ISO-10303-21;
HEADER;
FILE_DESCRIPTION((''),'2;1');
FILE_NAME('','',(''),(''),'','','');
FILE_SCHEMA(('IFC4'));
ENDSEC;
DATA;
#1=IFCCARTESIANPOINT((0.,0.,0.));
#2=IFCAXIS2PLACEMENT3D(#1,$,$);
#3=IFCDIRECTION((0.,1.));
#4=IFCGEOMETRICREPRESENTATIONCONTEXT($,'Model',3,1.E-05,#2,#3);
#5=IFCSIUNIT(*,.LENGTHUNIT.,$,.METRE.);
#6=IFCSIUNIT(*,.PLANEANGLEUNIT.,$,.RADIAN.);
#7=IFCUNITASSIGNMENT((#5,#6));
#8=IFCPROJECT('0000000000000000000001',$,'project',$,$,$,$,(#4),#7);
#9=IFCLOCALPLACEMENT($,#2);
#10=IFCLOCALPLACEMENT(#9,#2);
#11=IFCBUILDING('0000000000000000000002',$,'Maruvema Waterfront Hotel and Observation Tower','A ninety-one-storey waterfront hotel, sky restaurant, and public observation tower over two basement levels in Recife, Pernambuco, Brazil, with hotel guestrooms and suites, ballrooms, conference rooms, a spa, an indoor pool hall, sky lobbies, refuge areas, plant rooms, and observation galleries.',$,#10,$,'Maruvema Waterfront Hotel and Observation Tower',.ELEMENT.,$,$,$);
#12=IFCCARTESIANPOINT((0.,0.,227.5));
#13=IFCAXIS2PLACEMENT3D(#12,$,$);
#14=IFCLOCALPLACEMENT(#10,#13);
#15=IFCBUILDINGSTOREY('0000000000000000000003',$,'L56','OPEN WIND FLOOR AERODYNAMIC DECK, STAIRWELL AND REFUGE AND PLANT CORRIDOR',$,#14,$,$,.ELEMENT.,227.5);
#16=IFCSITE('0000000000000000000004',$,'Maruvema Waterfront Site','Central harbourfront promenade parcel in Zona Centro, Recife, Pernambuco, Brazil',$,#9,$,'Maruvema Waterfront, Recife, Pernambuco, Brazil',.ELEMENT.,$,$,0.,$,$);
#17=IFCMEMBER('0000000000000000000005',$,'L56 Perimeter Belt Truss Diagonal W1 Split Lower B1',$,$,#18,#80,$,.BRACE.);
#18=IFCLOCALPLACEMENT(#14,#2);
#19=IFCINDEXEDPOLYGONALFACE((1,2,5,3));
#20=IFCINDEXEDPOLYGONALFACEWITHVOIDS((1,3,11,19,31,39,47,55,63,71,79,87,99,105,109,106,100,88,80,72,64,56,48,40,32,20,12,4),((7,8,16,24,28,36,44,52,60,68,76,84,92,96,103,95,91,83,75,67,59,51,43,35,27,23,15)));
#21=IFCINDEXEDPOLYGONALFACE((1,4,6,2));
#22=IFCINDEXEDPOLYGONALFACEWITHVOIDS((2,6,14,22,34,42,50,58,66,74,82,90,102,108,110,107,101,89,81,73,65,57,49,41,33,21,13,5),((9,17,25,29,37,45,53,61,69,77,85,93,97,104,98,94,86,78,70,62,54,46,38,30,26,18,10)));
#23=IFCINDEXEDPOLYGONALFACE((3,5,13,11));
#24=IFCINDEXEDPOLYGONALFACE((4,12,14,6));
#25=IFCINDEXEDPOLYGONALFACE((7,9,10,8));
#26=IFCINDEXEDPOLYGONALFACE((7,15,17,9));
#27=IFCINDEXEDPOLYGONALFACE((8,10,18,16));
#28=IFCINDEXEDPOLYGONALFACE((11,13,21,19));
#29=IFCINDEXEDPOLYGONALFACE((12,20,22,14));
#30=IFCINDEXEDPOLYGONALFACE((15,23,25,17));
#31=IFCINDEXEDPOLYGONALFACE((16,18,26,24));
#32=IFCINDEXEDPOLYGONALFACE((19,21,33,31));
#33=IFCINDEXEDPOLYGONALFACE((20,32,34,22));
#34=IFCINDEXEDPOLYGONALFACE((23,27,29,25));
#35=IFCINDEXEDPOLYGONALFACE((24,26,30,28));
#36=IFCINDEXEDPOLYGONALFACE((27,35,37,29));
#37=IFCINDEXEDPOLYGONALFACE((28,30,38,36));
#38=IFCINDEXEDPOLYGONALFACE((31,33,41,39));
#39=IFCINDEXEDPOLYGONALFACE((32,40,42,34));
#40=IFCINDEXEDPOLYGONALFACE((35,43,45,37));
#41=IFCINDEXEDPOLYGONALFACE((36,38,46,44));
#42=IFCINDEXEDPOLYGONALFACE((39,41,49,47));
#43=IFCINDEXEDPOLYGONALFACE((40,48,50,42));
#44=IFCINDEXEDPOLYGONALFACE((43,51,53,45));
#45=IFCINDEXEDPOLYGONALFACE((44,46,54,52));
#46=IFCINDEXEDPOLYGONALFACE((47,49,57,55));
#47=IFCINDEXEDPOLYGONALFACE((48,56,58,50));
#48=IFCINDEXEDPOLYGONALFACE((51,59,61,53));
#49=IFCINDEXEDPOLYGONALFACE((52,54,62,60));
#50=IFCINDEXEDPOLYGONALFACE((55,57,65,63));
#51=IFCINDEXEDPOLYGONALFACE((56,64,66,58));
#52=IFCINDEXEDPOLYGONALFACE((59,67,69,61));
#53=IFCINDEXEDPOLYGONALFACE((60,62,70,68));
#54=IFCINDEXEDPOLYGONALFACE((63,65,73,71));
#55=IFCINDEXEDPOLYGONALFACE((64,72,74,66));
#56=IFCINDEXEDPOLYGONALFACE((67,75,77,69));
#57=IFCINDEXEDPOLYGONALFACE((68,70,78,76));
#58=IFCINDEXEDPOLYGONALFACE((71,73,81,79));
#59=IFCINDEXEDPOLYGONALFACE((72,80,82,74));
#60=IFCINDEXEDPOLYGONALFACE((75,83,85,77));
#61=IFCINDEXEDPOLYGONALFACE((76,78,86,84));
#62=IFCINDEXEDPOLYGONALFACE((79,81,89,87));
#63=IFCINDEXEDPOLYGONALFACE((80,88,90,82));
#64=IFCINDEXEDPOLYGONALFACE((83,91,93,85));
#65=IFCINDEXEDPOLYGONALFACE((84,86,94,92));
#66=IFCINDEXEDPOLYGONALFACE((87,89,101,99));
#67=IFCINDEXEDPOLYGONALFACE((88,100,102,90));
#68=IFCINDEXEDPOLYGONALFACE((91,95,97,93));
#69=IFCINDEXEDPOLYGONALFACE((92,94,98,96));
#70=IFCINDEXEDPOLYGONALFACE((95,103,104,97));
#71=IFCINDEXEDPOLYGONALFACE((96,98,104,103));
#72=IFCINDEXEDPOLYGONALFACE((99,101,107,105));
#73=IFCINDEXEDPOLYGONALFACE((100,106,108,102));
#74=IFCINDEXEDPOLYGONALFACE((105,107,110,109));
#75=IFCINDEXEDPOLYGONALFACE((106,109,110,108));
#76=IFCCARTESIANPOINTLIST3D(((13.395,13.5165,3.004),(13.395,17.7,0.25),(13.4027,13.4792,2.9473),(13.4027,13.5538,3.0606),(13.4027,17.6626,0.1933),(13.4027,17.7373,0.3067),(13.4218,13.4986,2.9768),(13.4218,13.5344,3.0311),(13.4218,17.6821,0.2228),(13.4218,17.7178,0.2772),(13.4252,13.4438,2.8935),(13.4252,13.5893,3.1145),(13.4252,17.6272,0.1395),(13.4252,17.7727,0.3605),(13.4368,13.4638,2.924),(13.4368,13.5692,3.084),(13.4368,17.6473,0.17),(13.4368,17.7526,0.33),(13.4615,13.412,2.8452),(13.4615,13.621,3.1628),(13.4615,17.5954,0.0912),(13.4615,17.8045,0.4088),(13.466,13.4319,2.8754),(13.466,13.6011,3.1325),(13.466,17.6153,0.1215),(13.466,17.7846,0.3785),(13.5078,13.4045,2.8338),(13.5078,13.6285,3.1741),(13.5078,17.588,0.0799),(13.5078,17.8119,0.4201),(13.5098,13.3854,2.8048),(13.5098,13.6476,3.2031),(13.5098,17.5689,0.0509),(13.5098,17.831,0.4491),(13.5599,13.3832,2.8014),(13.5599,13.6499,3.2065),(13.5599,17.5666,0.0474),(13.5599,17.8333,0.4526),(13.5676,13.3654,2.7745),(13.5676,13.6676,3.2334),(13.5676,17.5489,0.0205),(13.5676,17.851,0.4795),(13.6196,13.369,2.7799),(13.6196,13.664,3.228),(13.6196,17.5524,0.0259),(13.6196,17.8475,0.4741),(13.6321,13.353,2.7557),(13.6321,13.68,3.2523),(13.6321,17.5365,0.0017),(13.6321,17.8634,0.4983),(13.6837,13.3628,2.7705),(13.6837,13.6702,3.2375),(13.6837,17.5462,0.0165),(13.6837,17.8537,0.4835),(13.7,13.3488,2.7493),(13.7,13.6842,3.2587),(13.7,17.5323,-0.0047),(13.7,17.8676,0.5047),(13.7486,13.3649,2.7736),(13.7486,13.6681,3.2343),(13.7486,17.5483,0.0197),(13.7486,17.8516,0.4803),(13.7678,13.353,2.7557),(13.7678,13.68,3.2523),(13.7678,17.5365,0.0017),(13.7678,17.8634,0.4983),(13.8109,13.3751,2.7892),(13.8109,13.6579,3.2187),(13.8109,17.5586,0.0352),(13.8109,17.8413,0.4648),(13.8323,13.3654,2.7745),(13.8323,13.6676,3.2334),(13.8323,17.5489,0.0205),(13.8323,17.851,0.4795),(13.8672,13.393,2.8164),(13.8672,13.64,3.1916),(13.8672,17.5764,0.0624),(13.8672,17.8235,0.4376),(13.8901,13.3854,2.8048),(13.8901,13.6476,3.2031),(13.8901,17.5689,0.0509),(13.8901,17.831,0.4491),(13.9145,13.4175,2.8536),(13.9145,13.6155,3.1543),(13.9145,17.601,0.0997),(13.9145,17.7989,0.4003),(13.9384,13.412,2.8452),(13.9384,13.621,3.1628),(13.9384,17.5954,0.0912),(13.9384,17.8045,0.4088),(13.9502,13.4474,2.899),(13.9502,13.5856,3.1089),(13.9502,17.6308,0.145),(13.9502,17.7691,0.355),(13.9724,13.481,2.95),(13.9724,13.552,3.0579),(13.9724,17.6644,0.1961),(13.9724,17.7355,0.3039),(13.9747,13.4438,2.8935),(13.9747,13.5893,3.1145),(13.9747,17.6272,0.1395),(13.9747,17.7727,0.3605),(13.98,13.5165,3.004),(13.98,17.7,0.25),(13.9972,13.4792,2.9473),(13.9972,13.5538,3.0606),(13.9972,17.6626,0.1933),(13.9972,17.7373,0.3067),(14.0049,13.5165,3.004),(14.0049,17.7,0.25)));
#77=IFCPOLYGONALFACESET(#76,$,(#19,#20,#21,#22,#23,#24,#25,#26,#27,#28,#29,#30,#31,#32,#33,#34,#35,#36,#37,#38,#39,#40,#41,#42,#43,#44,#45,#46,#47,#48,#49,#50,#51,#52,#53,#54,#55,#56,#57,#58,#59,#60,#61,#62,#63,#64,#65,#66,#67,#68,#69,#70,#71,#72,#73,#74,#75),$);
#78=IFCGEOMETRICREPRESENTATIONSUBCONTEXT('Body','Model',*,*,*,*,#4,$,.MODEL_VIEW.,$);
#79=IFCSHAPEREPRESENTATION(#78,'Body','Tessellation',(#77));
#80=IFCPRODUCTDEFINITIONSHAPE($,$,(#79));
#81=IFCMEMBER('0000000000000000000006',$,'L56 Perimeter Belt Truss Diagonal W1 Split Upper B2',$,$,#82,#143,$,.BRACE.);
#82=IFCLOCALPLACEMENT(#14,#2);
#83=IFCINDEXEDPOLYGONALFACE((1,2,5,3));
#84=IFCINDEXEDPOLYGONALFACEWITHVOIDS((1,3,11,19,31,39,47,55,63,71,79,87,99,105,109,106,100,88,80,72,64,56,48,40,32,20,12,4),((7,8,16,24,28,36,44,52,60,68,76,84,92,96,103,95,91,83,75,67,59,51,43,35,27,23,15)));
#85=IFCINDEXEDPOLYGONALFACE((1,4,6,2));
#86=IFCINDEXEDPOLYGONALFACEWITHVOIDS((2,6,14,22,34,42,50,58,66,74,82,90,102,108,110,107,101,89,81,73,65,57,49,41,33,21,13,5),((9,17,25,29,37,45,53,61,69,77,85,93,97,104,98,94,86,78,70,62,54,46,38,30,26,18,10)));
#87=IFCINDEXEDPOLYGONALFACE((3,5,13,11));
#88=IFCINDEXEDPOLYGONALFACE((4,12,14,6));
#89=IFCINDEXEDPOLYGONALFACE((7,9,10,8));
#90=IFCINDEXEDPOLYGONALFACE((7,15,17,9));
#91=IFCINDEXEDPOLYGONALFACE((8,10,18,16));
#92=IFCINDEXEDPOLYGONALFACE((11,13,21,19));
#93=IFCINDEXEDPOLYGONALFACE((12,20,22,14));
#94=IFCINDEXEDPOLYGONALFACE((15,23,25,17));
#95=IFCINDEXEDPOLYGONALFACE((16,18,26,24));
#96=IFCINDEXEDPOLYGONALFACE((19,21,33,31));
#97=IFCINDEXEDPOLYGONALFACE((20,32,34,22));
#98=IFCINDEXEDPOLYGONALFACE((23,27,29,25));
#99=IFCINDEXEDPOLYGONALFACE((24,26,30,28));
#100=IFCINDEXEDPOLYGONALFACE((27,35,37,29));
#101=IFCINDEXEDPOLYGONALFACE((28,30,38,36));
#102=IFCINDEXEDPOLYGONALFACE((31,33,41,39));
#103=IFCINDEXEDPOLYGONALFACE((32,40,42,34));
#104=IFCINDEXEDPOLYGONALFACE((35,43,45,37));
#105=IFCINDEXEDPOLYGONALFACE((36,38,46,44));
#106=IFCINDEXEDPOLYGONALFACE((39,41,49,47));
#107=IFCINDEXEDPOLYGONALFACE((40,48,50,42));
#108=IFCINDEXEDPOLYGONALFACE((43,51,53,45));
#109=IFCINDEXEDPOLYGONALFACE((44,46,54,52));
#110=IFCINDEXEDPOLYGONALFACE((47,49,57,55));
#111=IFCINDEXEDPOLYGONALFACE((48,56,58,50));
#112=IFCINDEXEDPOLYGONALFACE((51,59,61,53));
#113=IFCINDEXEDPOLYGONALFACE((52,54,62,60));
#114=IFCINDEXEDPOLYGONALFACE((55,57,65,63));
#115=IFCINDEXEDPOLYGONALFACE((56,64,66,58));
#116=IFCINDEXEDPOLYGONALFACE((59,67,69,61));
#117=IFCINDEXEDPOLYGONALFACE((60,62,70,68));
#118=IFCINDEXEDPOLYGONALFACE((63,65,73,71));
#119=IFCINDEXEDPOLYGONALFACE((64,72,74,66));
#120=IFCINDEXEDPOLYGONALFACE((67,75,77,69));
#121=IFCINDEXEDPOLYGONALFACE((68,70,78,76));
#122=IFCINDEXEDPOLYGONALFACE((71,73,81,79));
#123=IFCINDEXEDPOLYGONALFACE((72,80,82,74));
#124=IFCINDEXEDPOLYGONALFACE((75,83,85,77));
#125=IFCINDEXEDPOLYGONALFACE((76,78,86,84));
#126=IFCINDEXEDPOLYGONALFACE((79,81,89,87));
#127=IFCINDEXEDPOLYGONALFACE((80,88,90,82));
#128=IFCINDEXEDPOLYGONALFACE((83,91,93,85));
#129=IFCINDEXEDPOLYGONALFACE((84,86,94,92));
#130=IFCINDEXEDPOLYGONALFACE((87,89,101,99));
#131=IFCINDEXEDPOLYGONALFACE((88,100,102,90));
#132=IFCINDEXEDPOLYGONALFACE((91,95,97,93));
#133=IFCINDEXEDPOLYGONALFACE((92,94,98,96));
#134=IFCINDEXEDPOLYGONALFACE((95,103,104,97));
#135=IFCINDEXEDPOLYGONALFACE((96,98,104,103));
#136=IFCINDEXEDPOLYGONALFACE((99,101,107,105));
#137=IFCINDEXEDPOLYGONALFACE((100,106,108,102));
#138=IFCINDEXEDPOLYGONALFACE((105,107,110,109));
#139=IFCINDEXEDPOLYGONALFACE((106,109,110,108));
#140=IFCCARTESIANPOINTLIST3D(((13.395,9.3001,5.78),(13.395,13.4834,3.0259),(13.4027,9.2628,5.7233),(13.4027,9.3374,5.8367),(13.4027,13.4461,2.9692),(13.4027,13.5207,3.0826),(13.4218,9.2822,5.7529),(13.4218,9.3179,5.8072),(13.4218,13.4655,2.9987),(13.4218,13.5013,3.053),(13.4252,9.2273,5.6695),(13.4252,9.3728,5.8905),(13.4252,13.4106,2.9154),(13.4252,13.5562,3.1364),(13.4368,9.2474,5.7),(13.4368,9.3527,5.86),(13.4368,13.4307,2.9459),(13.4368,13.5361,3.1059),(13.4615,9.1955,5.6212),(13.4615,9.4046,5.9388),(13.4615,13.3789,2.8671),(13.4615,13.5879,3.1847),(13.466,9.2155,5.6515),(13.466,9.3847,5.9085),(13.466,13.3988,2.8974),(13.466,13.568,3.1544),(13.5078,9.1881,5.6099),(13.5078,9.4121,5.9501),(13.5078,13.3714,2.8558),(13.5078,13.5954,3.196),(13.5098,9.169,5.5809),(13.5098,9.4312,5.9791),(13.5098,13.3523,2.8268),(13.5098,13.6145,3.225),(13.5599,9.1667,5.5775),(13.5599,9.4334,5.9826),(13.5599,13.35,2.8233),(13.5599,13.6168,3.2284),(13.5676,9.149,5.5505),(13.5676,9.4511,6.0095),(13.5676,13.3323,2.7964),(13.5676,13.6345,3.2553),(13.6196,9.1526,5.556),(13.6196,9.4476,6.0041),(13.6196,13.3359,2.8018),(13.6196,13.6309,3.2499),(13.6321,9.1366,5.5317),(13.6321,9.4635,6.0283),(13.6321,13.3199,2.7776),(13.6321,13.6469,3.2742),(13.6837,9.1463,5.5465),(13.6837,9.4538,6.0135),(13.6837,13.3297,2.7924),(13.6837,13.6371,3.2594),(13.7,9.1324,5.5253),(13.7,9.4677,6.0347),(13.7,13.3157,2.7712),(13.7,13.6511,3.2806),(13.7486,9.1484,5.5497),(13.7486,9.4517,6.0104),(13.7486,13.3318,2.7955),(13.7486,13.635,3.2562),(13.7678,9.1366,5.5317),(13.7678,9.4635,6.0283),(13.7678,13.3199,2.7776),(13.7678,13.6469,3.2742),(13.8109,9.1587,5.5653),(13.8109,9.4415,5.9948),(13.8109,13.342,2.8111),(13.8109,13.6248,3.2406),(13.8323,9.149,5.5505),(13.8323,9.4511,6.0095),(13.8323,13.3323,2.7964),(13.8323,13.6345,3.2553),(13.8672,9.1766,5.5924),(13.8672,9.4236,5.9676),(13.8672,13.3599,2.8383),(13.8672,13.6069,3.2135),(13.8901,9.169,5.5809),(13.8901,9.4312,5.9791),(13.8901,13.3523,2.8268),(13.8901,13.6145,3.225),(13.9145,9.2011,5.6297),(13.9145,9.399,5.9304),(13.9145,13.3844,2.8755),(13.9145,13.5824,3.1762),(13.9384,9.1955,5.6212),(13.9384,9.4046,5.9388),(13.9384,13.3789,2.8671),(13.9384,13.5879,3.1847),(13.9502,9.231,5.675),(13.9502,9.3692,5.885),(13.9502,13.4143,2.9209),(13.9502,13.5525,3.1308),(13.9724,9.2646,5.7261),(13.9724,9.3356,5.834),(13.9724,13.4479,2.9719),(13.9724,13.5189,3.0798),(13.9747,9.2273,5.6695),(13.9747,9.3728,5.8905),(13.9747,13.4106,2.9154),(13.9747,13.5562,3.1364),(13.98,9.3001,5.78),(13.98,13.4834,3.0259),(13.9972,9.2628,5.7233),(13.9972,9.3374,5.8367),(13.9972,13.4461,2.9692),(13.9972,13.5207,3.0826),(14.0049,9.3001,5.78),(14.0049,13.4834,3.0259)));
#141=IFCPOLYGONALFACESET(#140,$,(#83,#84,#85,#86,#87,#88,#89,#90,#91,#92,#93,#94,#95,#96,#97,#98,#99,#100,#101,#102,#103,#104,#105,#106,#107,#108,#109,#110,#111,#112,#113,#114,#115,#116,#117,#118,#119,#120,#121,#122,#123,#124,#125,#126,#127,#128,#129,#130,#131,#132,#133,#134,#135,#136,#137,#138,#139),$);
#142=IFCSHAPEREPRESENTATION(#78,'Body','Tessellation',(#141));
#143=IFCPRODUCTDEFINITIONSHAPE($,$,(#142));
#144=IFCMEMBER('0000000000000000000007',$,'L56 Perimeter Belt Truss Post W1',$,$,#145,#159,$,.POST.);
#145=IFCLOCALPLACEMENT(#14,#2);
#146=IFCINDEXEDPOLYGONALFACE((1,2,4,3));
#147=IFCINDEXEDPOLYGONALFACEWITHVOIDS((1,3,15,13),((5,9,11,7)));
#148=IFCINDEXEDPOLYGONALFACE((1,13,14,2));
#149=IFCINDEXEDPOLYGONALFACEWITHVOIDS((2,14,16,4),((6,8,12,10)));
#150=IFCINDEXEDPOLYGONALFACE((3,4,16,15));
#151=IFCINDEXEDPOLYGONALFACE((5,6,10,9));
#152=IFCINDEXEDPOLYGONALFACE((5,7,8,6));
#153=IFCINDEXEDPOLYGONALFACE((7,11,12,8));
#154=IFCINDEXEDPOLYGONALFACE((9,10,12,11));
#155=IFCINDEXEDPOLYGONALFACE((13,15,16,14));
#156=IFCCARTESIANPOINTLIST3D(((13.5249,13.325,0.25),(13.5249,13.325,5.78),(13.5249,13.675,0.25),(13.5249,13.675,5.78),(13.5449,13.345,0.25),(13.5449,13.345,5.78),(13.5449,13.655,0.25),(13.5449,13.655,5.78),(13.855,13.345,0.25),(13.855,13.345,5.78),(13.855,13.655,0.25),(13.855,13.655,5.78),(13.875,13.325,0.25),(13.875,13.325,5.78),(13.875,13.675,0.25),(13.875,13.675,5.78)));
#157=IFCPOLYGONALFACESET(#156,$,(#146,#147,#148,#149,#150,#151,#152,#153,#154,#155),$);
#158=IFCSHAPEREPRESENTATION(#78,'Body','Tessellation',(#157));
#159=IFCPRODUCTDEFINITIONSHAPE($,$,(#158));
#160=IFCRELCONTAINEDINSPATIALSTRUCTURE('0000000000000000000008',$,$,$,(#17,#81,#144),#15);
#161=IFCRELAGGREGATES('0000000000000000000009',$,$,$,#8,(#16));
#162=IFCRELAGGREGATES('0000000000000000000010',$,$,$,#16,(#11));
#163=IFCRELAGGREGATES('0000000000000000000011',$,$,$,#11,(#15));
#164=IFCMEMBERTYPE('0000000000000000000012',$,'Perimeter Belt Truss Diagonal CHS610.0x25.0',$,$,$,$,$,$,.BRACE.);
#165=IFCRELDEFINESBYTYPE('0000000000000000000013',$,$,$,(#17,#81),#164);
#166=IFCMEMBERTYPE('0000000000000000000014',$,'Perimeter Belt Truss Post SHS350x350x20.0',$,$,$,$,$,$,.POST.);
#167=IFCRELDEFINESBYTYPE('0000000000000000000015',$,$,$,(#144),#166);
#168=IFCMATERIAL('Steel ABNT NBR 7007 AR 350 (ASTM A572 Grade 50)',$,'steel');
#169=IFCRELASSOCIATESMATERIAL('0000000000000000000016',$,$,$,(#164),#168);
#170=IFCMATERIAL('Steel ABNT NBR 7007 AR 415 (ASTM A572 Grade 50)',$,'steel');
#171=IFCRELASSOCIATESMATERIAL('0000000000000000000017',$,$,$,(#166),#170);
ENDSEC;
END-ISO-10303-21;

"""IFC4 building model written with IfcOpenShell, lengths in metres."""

from ifc_helpers import new_model, si_unit, direction, frame, origin, origin_2d, place, context, subcontext, project, spatial, hollow_rectangle, hollow_circle, extrude, material, material_profile, profile_set, type_object, element, save


model = new_model("IFC4")

# Units and contexts
model_context = context("Model", 3, precision=1e-05, world=origin(), true_north=direction((0.0, 1.0)))
body_context = subcontext(model_context, "Body", "Model", "MODEL_VIEW")
ifc_project = project(units=[si_unit("LENGTHUNIT", "METRE"), si_unit("PLANEANGLEUNIT", "RADIAN")], contexts=[model_context])

# Site, building, storey
site_placement = place(None, origin())
site = spatial("IfcSite", under=ifc_project, at=site_placement, Name="Maruvema Waterfront Site", Description="Central harbourfront promenade parcel in Zona Centro, Recife, Pernambuco, Brazil", LongName="Maruvema Waterfront, Recife, Pernambuco, Brazil", CompositionType="ELEMENT", RefElevation=0.0)
building_placement = place(site_placement, origin())
building = spatial("IfcBuilding", under=site, at=building_placement, Name="Maruvema Waterfront Hotel and Observation Tower", Description="A ninety-one-storey waterfront hotel, sky restaurant, and public observation tower over two basement levels in Recife, Pernambuco, Brazil, with hotel guestrooms and suites, ballrooms, conference rooms, a spa, an indoor pool hall, sky lobbies, refuge areas, plant rooms, and observation galleries.", LongName="Maruvema Waterfront Hotel and Observation Tower", CompositionType="ELEMENT")
storey_placement = place(building_placement, frame((0.0, 0.0, 227.5)))
storey = spatial("IfcBuildingStorey", under=building, at=storey_placement, Name="L56", Description="OPEN WIND FLOOR AERODYNAMIC DECK, STAIRWELL AND REFUGE AND PLANT CORRIDOR", CompositionType="ELEMENT", Elevation=227.5)

# Members
ifc_material_1 = material(Name="Steel ABNT NBR 7007 AR 350 (ASTM A572 Grade 50)", Category="steel")
ifc_material_profile_1 = material_profile(ifc_material_1, hollow_circle(Radius=0.3049, WallThickness=0.0249, at=origin_2d()), Name="CHS610.0x25.0")
ifc_profile_set_1 = profile_set([ifc_material_profile_1], Name="Steel ABNT NBR 7007 AR 350 (ASTM A572 Grade 50)")
member_type_1 = type_object("IfcMemberType", Name="Perimeter Belt Truss Diagonal CHS610.0x25.0", PredefinedType="BRACE", material=ifc_profile_set_1)
for number, where, z_axis, x_axis, name in (
    (1, (13.7, 17.7, 0.25), (0.0, -0.835261, 0.549854), (1.0, 0.0, 0.0), "L56 Perimeter Belt Truss Diagonal W1 Split Lower B1"),
    (2, (13.7, 13.4834, 3.0259), (0.0, -0.835239, 0.549888), (1.0, 0.0, 0.0), "L56 Perimeter Belt Truss Diagonal W1 Split Upper B2"),
):
    element("IfcMember", number, at=place(storey_placement, frame(where, z_axis=z_axis, x_axis=x_axis)), inside=storey, type_object=member_type_1, Name=name, PredefinedType="BRACE", context=body_context, shape_type="SweptSolid", body=[
        extrude(hollow_circle(Radius=0.3049, WallThickness=0.0249, at=origin_2d()), origin(), (0.0, 0.0, 1.0), 5.0085),
    ])
ifc_material_2 = material(Name="Steel ABNT NBR 7007 AR 415 (ASTM A572 Grade 50)", Category="steel")
ifc_material_profile_2 = material_profile(ifc_material_2, hollow_rectangle(XDim=0.3501, YDim=0.3501, WallThickness=0.02, at=origin_2d()), Name="SHS350x350x20.0")
ifc_profile_set_2 = profile_set([ifc_material_profile_2], Name="Steel ABNT NBR 7007 AR 415 (ASTM A572 Grade 50)")
member_type_2 = type_object("IfcMemberType", Name="Perimeter Belt Truss Post SHS350x350x20.0", PredefinedType="POST", material=ifc_profile_set_2)
member_1_placement = place(storey_placement, frame((13.7, 13.5, 0.25), z_axis=(0.0, 0.0, 1.0), x_axis=(1.0, 0.0, 0.0)))
element("IfcMember", 3, at=member_1_placement, inside=storey, type_object=member_type_2, Name="L56 Perimeter Belt Truss Post W1", PredefinedType="POST", context=body_context, shape_type="SweptSolid", body=[
    extrude(hollow_rectangle(XDim=0.3501, YDim=0.3501, WallThickness=0.02, at=origin_2d()), origin(), (0.0, 0.0, 1.0), 5.53),
])

save(model, "model.ifc")
